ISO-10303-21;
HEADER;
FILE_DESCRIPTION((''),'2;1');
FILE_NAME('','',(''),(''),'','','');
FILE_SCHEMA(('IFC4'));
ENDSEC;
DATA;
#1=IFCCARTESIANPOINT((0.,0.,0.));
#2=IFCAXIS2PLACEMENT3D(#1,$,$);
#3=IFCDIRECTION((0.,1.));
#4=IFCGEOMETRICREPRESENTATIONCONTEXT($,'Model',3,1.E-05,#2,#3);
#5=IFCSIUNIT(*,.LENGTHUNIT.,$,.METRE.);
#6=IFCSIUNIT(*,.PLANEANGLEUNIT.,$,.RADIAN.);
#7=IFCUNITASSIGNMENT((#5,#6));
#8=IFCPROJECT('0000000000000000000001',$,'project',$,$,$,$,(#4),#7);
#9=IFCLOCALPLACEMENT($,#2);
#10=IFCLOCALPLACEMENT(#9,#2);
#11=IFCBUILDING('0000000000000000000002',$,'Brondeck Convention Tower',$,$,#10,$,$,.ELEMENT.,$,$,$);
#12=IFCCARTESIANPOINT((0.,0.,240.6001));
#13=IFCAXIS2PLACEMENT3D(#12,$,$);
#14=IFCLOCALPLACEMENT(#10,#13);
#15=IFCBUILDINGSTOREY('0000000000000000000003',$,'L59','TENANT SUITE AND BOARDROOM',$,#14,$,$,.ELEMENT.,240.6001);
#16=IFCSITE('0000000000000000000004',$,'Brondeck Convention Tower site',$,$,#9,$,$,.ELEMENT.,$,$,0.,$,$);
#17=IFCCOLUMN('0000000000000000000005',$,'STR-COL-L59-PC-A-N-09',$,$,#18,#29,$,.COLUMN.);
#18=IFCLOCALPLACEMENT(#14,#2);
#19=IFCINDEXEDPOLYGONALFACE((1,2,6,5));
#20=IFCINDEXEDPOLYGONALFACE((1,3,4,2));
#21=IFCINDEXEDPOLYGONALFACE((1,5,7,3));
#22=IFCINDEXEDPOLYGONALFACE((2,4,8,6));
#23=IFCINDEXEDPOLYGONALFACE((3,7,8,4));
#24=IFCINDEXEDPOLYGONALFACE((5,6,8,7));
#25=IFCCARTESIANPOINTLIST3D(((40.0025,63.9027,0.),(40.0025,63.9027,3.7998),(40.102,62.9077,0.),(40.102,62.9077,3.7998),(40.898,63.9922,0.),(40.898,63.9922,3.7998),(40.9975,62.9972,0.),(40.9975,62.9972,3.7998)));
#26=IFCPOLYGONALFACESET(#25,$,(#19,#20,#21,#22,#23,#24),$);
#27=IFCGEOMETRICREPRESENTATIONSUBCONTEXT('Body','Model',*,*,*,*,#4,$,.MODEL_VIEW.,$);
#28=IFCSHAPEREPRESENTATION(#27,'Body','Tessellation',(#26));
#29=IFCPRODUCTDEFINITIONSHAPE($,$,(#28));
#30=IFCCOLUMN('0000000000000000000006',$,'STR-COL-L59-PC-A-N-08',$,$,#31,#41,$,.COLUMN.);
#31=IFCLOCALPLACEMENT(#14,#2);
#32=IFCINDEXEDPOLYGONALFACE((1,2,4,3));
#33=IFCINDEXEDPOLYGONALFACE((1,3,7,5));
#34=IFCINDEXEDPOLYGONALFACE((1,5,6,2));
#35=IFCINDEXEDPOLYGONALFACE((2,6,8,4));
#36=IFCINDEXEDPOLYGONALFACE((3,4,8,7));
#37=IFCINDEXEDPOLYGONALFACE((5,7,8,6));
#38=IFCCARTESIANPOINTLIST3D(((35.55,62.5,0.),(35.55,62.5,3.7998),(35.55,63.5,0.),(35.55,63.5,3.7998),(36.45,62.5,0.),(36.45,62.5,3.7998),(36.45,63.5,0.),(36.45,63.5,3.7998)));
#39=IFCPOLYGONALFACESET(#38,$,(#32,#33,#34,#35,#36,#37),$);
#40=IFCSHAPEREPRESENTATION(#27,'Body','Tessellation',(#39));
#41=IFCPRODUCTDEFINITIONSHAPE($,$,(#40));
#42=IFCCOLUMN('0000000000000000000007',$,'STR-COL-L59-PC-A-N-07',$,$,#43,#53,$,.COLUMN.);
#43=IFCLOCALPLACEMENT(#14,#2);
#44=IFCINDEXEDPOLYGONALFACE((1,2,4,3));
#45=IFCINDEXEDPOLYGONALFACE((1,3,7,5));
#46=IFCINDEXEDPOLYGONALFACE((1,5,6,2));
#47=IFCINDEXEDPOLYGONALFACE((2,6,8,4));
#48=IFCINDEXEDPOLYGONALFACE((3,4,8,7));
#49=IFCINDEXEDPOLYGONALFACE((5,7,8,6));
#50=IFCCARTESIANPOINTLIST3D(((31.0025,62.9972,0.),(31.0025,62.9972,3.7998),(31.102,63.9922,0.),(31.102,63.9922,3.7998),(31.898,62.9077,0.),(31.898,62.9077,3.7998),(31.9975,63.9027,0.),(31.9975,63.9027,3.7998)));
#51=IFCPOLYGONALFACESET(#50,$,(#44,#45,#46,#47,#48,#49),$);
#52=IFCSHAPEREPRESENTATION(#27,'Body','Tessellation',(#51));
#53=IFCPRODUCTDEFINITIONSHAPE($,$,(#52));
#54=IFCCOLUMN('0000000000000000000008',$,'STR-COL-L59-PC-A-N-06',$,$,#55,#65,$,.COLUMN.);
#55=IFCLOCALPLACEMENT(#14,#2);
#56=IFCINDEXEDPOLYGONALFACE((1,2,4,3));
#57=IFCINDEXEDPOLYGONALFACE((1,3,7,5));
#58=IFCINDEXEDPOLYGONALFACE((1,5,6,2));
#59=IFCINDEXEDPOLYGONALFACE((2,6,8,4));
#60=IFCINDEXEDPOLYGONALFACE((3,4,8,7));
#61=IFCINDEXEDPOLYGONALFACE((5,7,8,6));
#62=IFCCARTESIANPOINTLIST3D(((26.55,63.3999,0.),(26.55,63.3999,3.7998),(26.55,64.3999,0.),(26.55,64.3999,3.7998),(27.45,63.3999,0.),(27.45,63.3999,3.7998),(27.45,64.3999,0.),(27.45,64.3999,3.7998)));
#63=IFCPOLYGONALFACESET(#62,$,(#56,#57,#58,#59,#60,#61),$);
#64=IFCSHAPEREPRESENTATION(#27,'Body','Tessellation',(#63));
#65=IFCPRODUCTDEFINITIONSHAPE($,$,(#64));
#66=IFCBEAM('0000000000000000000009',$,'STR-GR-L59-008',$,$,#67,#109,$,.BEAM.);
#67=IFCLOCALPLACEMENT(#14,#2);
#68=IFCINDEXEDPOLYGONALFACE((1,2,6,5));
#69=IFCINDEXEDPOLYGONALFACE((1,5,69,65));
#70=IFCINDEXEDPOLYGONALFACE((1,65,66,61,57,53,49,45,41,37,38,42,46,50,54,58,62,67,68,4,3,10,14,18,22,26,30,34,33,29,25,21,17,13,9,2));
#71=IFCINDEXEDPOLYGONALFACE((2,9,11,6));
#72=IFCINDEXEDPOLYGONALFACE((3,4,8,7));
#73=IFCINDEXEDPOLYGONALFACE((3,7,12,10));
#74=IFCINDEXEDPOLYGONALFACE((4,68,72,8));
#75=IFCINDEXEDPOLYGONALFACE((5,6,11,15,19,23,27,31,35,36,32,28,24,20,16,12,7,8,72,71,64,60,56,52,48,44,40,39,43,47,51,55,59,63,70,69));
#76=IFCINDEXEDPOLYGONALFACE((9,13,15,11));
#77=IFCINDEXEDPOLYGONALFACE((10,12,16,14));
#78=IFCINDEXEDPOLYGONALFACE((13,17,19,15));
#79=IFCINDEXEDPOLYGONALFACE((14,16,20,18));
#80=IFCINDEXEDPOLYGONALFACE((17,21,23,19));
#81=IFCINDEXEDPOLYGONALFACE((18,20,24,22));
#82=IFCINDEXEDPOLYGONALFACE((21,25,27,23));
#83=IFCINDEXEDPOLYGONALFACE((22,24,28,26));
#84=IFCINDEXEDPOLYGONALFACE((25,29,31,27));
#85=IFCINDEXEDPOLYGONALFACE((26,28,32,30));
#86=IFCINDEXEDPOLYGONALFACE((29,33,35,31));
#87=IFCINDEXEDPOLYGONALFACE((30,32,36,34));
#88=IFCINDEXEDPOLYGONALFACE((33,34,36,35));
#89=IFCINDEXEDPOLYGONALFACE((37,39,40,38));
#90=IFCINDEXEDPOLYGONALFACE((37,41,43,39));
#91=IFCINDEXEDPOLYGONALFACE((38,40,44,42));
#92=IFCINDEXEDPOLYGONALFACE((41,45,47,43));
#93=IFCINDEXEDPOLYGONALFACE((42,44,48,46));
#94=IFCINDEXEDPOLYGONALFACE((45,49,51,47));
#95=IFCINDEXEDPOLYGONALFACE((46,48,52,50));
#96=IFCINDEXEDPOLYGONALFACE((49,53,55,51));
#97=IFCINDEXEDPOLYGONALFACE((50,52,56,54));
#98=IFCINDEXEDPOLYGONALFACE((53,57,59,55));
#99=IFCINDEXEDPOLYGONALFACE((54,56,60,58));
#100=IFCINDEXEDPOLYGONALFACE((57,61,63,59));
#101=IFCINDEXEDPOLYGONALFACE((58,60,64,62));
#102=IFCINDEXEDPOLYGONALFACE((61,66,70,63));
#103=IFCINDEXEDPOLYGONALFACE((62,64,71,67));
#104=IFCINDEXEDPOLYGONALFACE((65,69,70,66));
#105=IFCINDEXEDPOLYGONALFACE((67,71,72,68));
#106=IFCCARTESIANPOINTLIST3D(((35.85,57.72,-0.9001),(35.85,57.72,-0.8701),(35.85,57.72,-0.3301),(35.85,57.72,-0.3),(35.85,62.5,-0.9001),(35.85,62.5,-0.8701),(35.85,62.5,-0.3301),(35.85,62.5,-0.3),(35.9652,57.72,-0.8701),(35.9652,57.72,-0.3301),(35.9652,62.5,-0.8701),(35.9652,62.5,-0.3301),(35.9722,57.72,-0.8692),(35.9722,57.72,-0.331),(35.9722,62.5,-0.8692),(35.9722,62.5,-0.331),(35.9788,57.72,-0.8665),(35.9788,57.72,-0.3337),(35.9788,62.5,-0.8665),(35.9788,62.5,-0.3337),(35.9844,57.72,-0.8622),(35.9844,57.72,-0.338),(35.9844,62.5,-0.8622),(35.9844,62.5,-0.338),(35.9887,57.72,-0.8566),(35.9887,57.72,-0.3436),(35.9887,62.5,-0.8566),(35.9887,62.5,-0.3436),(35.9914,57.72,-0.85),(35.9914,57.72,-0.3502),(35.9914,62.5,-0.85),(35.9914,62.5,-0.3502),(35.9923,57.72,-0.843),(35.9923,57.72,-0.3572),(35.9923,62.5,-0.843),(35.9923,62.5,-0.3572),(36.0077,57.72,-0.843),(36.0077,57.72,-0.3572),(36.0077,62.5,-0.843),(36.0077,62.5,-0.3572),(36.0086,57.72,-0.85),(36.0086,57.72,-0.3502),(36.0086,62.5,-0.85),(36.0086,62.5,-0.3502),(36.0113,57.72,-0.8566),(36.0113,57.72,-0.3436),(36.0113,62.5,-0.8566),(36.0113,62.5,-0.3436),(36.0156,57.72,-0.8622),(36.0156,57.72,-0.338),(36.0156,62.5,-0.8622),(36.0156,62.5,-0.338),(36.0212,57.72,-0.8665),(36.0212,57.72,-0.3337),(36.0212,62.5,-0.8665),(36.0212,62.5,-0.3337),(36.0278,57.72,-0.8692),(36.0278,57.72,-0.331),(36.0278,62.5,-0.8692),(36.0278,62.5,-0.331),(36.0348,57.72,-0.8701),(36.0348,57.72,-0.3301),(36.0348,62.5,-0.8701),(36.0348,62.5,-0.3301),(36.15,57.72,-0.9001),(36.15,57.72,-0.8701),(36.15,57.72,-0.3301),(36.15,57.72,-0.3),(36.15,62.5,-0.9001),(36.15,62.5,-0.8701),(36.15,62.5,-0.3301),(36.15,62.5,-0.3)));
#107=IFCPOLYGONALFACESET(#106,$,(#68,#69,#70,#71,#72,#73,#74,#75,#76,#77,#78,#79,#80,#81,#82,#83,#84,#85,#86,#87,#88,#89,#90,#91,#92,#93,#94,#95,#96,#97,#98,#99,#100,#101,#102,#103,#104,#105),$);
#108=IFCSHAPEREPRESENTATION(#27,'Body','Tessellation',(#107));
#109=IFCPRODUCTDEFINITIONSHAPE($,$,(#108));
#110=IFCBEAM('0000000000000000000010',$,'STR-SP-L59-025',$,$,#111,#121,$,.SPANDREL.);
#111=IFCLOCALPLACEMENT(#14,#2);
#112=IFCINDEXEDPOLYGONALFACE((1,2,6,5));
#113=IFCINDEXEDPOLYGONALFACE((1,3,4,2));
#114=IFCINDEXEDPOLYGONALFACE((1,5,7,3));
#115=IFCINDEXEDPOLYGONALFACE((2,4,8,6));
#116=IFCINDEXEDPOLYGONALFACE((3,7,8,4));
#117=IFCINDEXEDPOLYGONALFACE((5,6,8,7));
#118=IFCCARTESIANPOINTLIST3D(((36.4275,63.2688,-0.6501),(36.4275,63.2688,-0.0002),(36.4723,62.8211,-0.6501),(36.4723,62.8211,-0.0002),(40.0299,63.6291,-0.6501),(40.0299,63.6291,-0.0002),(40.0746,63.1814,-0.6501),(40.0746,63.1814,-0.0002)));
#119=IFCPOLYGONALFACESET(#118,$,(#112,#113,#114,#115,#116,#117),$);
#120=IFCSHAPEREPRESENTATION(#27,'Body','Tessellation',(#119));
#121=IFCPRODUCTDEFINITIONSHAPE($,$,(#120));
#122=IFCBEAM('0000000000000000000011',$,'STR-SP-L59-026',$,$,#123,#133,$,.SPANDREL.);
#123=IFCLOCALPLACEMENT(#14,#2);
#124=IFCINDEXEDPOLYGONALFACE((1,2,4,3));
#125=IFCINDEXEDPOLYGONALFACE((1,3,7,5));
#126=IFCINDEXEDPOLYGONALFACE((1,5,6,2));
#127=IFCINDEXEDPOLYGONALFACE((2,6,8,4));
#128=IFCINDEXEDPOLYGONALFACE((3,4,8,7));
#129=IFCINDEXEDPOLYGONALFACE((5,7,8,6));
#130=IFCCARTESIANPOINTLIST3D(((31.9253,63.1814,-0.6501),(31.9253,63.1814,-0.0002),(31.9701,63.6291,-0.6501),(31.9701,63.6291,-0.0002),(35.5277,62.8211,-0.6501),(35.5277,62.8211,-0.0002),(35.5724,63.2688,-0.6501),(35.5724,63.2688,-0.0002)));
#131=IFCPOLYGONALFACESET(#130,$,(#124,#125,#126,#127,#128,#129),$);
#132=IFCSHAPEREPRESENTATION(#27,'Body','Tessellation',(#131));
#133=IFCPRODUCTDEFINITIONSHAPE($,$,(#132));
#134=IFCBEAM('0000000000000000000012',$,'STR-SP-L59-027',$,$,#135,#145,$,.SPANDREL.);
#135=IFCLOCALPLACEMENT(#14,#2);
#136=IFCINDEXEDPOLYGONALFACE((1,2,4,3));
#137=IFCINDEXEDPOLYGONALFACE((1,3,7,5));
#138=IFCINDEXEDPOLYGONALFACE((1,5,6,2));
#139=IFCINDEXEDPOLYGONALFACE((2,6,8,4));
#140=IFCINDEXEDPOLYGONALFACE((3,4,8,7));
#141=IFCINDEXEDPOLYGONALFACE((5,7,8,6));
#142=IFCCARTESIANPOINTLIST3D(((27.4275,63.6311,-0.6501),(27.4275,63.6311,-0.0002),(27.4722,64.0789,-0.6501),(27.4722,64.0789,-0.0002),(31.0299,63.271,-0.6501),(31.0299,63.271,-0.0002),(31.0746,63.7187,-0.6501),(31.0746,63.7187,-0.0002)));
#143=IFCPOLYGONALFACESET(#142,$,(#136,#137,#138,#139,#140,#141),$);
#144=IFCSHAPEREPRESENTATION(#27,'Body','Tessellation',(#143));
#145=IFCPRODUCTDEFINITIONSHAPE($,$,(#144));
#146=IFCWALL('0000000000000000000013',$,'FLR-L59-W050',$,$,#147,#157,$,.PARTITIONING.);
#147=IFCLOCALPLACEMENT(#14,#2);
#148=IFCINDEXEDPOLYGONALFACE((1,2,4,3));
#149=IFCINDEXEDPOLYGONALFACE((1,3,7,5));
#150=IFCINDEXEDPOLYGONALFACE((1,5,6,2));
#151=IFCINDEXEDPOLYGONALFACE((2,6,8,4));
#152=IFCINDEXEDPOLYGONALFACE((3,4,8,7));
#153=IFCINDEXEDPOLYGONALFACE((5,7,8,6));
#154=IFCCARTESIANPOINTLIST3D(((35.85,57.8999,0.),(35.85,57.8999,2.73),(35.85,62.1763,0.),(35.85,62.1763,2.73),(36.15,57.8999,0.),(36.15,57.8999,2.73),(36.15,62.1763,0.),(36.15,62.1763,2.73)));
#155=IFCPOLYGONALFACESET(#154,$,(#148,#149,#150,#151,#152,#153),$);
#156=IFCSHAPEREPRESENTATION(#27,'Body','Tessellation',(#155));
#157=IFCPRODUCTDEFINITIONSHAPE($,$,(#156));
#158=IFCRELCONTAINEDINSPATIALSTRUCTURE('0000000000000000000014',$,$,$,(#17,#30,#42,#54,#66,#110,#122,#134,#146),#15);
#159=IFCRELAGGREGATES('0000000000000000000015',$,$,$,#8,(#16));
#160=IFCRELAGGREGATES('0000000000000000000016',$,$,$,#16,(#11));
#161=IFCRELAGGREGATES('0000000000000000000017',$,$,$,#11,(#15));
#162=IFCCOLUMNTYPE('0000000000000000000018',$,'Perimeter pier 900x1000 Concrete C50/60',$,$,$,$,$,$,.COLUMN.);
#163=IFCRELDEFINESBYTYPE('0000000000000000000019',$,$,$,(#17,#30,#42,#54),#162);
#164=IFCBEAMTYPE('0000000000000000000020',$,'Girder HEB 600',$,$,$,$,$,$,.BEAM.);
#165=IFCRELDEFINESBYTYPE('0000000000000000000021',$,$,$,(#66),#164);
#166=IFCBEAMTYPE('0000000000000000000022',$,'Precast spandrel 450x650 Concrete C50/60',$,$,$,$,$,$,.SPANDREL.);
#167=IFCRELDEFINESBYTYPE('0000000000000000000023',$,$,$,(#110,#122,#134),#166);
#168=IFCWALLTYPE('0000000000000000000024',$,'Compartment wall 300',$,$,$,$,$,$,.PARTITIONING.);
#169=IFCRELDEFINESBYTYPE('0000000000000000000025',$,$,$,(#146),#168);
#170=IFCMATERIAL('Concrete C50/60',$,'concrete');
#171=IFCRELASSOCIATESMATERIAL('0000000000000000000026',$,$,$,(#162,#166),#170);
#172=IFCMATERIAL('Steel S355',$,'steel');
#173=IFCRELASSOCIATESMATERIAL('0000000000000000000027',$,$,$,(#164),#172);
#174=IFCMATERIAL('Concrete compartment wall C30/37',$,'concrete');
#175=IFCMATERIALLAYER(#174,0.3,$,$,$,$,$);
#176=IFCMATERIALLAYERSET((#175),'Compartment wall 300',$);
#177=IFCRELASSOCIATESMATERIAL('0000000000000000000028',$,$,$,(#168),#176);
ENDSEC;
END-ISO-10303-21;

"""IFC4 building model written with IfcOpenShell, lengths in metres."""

from ifc_helpers import new_model, si_unit, direction, frame, frame_2d, origin, origin_2d, place, context, subcontext, project, spatial, rectangle, i_section, extrude, material, layer, layer_set, material_profile, profile_set, type_object, element, save


model = new_model("IFC4")

# Units and contexts
model_context = context("Model", 3, precision=1e-05, world=origin(), true_north=direction((0.0, 1.0)))
body_context = subcontext(model_context, "Body", "Model", "MODEL_VIEW")
ifc_project = project(units=[si_unit("LENGTHUNIT", "METRE"), si_unit("PLANEANGLEUNIT", "RADIAN")], contexts=[model_context])

# Site, building, storey
site_placement = place(None, origin())
site = spatial("IfcSite", under=ifc_project, at=site_placement, Name="Brondeck Convention Tower site", CompositionType="ELEMENT", RefElevation=0.0)
building_placement = place(site_placement, origin())
building = spatial("IfcBuilding", under=site, at=building_placement, Name="Brondeck Convention Tower", CompositionType="ELEMENT")
storey_placement = place(building_placement, frame((0.0, 0.0, 240.6001)))
storey = spatial("IfcBuildingStorey", under=building, at=storey_placement, Name="L59", Description="TENANT SUITE AND BOARDROOM", CompositionType="ELEMENT", Elevation=240.6001)

# Columns
ifc_material_1 = material(Name="Concrete C50/60", Category="concrete")
ifc_material_profile_1 = material_profile(ifc_material_1, rectangle(XDim=0.8999, YDim=1.0, at=origin_2d()), Name="Perimeter pier 900x1000 Concrete C50/60")
ifc_profile_set_1 = profile_set([ifc_material_profile_1], Name="Concrete C50/60")
column_type = type_object("IfcColumnType", Name="Perimeter pier 900x1000 Concrete C50/60", PredefinedType="COLUMN", material=ifc_profile_set_1)
for number, where, z_axis, x_axis, name in (
    (1, (40.5, 63.45, 0.0), (0.0, 0.0, 1.0), (-0.995037, -0.099504, 0.0), "STR-COL-L59-PC-A-N-09"),
    (2, (36.0, 63.0, 0.0), (0.0, 0.0, 1.0), (-1.0, 0.0, 0.0), "STR-COL-L59-PC-A-N-08"),
    (3, (31.5, 63.45, 0.0), (0.0, 0.0, 1.0), (-0.995037, 0.099504, 0.0), "STR-COL-L59-PC-A-N-07"),
    (4, (27.0, 63.8999, 0.0), (0.0, 0.0, 1.0), (-1.0, 0.0, 0.0), "STR-COL-L59-PC-A-N-06"),
):
    element("IfcColumn", number, at=place(storey_placement, frame(where, z_axis=z_axis, x_axis=x_axis)), inside=storey, type_object=column_type, Name=name, PredefinedType="COLUMN", context=body_context, shape_type="SweptSolid", body=[
        extrude(rectangle(XDim=0.8999, YDim=1.0, at=origin_2d()), origin(), (0.0, 0.0, 1.0), 3.7998),
    ])

# Beams
ifc_material_2 = material(Name="Steel S355", Category="steel")
ifc_material_profile_2 = material_profile(ifc_material_2, i_section(OverallWidth=0.3, OverallDepth=0.6001, WebThickness=0.0154, FlangeThickness=0.03, FilletRadius=0.0271, at=origin_2d()), Name="HEB 600")
ifc_profile_set_2 = profile_set([ifc_material_profile_2], Name="Steel S355")
beam_type_1 = type_object("IfcBeamType", Name="Girder HEB 600", PredefinedType="BEAM", material=ifc_profile_set_2)
beam_placement = place(storey_placement, frame((36.0, 57.72, -0.6001), z_axis=(0.0, 1.0, 0.0), x_axis=(-1.0, 0.0, 0.0)))
element("IfcBeam", 5, at=beam_placement, inside=storey, type_object=beam_type_1, Name="STR-GR-L59-008", PredefinedType="BEAM", context=body_context, shape_type="SweptSolid", body=[
    extrude(i_section(OverallWidth=0.3, OverallDepth=0.6001, WebThickness=0.0154, FlangeThickness=0.03, FilletRadius=0.0271, at=origin_2d()), origin(), (0.0, 0.0, 1.0), 4.78),
])
ifc_material_profile_3 = material_profile(ifc_material_1, rectangle(XDim=0.45, YDim=0.6499, at=origin_2d()), Name="Precast spandrel 450x650 Concrete C50/60")
ifc_profile_set_3 = profile_set([ifc_material_profile_3], Name="Concrete C50/60")
beam_type_2 = type_object("IfcBeamType", Name="Precast spandrel 450x650 Concrete C50/60", PredefinedType="SPANDREL", material=ifc_profile_set_3)
for number, where, z_axis, x_axis, name in (
    (6, (40.0522, 63.4053, -0.3252), (-0.995034, -0.099537, 0.0), (0.099537, -0.995034, 0.0), "STR-SP-L59-025"),
    (7, (35.55, 63.0449, -0.3252), (-0.995034, 0.099537, 0.0), (-0.099537, -0.995034, 0.0), "STR-SP-L59-026"),
    (8, (31.0522, 63.4949, -0.3252), (-0.995041, 0.09947, 0.0), (-0.09947, -0.995041, 0.0), "STR-SP-L59-027"),
):
    element("IfcBeam", number, at=place(storey_placement, frame(where, z_axis=z_axis, x_axis=x_axis)), inside=storey, type_object=beam_type_2, Name=name, PredefinedType="SPANDREL", context=body_context, shape_type="SweptSolid", body=[
        extrude(rectangle(XDim=0.45, YDim=0.6499, at=origin_2d()), origin(), (0.0, 0.0, 1.0), 3.6204),
    ])

# Wall
ifc_material_3 = material(Name="Concrete compartment wall C30/37", Category="concrete")
ifc_layer_1 = layer(ifc_material_3, 0.3)
ifc_layer_set_1 = layer_set([ifc_layer_1], Name="Compartment wall 300")
wall_type_1 = type_object("IfcWallType", Name="Compartment wall 300", PredefinedType="PARTITIONING", material=ifc_layer_set_1)
wall_1_placement = place(storey_placement, frame((36.0, 57.8999, 0.0), z_axis=(0.0, 0.0, 1.0), x_axis=(0.0, 1.0, 0.0)))
element("IfcWall", 9, at=wall_1_placement, inside=storey, type_object=wall_type_1, Name="FLR-L59-W050", PredefinedType="PARTITIONING", context=body_context, shape_type="SweptSolid", body=[
    extrude(rectangle(XDim=4.2764, YDim=0.3, at=frame_2d((2.1382, 0.0))), origin(), (0.0, 0.0, 1.0), 2.73),
])

save(model, "model.ifc")
